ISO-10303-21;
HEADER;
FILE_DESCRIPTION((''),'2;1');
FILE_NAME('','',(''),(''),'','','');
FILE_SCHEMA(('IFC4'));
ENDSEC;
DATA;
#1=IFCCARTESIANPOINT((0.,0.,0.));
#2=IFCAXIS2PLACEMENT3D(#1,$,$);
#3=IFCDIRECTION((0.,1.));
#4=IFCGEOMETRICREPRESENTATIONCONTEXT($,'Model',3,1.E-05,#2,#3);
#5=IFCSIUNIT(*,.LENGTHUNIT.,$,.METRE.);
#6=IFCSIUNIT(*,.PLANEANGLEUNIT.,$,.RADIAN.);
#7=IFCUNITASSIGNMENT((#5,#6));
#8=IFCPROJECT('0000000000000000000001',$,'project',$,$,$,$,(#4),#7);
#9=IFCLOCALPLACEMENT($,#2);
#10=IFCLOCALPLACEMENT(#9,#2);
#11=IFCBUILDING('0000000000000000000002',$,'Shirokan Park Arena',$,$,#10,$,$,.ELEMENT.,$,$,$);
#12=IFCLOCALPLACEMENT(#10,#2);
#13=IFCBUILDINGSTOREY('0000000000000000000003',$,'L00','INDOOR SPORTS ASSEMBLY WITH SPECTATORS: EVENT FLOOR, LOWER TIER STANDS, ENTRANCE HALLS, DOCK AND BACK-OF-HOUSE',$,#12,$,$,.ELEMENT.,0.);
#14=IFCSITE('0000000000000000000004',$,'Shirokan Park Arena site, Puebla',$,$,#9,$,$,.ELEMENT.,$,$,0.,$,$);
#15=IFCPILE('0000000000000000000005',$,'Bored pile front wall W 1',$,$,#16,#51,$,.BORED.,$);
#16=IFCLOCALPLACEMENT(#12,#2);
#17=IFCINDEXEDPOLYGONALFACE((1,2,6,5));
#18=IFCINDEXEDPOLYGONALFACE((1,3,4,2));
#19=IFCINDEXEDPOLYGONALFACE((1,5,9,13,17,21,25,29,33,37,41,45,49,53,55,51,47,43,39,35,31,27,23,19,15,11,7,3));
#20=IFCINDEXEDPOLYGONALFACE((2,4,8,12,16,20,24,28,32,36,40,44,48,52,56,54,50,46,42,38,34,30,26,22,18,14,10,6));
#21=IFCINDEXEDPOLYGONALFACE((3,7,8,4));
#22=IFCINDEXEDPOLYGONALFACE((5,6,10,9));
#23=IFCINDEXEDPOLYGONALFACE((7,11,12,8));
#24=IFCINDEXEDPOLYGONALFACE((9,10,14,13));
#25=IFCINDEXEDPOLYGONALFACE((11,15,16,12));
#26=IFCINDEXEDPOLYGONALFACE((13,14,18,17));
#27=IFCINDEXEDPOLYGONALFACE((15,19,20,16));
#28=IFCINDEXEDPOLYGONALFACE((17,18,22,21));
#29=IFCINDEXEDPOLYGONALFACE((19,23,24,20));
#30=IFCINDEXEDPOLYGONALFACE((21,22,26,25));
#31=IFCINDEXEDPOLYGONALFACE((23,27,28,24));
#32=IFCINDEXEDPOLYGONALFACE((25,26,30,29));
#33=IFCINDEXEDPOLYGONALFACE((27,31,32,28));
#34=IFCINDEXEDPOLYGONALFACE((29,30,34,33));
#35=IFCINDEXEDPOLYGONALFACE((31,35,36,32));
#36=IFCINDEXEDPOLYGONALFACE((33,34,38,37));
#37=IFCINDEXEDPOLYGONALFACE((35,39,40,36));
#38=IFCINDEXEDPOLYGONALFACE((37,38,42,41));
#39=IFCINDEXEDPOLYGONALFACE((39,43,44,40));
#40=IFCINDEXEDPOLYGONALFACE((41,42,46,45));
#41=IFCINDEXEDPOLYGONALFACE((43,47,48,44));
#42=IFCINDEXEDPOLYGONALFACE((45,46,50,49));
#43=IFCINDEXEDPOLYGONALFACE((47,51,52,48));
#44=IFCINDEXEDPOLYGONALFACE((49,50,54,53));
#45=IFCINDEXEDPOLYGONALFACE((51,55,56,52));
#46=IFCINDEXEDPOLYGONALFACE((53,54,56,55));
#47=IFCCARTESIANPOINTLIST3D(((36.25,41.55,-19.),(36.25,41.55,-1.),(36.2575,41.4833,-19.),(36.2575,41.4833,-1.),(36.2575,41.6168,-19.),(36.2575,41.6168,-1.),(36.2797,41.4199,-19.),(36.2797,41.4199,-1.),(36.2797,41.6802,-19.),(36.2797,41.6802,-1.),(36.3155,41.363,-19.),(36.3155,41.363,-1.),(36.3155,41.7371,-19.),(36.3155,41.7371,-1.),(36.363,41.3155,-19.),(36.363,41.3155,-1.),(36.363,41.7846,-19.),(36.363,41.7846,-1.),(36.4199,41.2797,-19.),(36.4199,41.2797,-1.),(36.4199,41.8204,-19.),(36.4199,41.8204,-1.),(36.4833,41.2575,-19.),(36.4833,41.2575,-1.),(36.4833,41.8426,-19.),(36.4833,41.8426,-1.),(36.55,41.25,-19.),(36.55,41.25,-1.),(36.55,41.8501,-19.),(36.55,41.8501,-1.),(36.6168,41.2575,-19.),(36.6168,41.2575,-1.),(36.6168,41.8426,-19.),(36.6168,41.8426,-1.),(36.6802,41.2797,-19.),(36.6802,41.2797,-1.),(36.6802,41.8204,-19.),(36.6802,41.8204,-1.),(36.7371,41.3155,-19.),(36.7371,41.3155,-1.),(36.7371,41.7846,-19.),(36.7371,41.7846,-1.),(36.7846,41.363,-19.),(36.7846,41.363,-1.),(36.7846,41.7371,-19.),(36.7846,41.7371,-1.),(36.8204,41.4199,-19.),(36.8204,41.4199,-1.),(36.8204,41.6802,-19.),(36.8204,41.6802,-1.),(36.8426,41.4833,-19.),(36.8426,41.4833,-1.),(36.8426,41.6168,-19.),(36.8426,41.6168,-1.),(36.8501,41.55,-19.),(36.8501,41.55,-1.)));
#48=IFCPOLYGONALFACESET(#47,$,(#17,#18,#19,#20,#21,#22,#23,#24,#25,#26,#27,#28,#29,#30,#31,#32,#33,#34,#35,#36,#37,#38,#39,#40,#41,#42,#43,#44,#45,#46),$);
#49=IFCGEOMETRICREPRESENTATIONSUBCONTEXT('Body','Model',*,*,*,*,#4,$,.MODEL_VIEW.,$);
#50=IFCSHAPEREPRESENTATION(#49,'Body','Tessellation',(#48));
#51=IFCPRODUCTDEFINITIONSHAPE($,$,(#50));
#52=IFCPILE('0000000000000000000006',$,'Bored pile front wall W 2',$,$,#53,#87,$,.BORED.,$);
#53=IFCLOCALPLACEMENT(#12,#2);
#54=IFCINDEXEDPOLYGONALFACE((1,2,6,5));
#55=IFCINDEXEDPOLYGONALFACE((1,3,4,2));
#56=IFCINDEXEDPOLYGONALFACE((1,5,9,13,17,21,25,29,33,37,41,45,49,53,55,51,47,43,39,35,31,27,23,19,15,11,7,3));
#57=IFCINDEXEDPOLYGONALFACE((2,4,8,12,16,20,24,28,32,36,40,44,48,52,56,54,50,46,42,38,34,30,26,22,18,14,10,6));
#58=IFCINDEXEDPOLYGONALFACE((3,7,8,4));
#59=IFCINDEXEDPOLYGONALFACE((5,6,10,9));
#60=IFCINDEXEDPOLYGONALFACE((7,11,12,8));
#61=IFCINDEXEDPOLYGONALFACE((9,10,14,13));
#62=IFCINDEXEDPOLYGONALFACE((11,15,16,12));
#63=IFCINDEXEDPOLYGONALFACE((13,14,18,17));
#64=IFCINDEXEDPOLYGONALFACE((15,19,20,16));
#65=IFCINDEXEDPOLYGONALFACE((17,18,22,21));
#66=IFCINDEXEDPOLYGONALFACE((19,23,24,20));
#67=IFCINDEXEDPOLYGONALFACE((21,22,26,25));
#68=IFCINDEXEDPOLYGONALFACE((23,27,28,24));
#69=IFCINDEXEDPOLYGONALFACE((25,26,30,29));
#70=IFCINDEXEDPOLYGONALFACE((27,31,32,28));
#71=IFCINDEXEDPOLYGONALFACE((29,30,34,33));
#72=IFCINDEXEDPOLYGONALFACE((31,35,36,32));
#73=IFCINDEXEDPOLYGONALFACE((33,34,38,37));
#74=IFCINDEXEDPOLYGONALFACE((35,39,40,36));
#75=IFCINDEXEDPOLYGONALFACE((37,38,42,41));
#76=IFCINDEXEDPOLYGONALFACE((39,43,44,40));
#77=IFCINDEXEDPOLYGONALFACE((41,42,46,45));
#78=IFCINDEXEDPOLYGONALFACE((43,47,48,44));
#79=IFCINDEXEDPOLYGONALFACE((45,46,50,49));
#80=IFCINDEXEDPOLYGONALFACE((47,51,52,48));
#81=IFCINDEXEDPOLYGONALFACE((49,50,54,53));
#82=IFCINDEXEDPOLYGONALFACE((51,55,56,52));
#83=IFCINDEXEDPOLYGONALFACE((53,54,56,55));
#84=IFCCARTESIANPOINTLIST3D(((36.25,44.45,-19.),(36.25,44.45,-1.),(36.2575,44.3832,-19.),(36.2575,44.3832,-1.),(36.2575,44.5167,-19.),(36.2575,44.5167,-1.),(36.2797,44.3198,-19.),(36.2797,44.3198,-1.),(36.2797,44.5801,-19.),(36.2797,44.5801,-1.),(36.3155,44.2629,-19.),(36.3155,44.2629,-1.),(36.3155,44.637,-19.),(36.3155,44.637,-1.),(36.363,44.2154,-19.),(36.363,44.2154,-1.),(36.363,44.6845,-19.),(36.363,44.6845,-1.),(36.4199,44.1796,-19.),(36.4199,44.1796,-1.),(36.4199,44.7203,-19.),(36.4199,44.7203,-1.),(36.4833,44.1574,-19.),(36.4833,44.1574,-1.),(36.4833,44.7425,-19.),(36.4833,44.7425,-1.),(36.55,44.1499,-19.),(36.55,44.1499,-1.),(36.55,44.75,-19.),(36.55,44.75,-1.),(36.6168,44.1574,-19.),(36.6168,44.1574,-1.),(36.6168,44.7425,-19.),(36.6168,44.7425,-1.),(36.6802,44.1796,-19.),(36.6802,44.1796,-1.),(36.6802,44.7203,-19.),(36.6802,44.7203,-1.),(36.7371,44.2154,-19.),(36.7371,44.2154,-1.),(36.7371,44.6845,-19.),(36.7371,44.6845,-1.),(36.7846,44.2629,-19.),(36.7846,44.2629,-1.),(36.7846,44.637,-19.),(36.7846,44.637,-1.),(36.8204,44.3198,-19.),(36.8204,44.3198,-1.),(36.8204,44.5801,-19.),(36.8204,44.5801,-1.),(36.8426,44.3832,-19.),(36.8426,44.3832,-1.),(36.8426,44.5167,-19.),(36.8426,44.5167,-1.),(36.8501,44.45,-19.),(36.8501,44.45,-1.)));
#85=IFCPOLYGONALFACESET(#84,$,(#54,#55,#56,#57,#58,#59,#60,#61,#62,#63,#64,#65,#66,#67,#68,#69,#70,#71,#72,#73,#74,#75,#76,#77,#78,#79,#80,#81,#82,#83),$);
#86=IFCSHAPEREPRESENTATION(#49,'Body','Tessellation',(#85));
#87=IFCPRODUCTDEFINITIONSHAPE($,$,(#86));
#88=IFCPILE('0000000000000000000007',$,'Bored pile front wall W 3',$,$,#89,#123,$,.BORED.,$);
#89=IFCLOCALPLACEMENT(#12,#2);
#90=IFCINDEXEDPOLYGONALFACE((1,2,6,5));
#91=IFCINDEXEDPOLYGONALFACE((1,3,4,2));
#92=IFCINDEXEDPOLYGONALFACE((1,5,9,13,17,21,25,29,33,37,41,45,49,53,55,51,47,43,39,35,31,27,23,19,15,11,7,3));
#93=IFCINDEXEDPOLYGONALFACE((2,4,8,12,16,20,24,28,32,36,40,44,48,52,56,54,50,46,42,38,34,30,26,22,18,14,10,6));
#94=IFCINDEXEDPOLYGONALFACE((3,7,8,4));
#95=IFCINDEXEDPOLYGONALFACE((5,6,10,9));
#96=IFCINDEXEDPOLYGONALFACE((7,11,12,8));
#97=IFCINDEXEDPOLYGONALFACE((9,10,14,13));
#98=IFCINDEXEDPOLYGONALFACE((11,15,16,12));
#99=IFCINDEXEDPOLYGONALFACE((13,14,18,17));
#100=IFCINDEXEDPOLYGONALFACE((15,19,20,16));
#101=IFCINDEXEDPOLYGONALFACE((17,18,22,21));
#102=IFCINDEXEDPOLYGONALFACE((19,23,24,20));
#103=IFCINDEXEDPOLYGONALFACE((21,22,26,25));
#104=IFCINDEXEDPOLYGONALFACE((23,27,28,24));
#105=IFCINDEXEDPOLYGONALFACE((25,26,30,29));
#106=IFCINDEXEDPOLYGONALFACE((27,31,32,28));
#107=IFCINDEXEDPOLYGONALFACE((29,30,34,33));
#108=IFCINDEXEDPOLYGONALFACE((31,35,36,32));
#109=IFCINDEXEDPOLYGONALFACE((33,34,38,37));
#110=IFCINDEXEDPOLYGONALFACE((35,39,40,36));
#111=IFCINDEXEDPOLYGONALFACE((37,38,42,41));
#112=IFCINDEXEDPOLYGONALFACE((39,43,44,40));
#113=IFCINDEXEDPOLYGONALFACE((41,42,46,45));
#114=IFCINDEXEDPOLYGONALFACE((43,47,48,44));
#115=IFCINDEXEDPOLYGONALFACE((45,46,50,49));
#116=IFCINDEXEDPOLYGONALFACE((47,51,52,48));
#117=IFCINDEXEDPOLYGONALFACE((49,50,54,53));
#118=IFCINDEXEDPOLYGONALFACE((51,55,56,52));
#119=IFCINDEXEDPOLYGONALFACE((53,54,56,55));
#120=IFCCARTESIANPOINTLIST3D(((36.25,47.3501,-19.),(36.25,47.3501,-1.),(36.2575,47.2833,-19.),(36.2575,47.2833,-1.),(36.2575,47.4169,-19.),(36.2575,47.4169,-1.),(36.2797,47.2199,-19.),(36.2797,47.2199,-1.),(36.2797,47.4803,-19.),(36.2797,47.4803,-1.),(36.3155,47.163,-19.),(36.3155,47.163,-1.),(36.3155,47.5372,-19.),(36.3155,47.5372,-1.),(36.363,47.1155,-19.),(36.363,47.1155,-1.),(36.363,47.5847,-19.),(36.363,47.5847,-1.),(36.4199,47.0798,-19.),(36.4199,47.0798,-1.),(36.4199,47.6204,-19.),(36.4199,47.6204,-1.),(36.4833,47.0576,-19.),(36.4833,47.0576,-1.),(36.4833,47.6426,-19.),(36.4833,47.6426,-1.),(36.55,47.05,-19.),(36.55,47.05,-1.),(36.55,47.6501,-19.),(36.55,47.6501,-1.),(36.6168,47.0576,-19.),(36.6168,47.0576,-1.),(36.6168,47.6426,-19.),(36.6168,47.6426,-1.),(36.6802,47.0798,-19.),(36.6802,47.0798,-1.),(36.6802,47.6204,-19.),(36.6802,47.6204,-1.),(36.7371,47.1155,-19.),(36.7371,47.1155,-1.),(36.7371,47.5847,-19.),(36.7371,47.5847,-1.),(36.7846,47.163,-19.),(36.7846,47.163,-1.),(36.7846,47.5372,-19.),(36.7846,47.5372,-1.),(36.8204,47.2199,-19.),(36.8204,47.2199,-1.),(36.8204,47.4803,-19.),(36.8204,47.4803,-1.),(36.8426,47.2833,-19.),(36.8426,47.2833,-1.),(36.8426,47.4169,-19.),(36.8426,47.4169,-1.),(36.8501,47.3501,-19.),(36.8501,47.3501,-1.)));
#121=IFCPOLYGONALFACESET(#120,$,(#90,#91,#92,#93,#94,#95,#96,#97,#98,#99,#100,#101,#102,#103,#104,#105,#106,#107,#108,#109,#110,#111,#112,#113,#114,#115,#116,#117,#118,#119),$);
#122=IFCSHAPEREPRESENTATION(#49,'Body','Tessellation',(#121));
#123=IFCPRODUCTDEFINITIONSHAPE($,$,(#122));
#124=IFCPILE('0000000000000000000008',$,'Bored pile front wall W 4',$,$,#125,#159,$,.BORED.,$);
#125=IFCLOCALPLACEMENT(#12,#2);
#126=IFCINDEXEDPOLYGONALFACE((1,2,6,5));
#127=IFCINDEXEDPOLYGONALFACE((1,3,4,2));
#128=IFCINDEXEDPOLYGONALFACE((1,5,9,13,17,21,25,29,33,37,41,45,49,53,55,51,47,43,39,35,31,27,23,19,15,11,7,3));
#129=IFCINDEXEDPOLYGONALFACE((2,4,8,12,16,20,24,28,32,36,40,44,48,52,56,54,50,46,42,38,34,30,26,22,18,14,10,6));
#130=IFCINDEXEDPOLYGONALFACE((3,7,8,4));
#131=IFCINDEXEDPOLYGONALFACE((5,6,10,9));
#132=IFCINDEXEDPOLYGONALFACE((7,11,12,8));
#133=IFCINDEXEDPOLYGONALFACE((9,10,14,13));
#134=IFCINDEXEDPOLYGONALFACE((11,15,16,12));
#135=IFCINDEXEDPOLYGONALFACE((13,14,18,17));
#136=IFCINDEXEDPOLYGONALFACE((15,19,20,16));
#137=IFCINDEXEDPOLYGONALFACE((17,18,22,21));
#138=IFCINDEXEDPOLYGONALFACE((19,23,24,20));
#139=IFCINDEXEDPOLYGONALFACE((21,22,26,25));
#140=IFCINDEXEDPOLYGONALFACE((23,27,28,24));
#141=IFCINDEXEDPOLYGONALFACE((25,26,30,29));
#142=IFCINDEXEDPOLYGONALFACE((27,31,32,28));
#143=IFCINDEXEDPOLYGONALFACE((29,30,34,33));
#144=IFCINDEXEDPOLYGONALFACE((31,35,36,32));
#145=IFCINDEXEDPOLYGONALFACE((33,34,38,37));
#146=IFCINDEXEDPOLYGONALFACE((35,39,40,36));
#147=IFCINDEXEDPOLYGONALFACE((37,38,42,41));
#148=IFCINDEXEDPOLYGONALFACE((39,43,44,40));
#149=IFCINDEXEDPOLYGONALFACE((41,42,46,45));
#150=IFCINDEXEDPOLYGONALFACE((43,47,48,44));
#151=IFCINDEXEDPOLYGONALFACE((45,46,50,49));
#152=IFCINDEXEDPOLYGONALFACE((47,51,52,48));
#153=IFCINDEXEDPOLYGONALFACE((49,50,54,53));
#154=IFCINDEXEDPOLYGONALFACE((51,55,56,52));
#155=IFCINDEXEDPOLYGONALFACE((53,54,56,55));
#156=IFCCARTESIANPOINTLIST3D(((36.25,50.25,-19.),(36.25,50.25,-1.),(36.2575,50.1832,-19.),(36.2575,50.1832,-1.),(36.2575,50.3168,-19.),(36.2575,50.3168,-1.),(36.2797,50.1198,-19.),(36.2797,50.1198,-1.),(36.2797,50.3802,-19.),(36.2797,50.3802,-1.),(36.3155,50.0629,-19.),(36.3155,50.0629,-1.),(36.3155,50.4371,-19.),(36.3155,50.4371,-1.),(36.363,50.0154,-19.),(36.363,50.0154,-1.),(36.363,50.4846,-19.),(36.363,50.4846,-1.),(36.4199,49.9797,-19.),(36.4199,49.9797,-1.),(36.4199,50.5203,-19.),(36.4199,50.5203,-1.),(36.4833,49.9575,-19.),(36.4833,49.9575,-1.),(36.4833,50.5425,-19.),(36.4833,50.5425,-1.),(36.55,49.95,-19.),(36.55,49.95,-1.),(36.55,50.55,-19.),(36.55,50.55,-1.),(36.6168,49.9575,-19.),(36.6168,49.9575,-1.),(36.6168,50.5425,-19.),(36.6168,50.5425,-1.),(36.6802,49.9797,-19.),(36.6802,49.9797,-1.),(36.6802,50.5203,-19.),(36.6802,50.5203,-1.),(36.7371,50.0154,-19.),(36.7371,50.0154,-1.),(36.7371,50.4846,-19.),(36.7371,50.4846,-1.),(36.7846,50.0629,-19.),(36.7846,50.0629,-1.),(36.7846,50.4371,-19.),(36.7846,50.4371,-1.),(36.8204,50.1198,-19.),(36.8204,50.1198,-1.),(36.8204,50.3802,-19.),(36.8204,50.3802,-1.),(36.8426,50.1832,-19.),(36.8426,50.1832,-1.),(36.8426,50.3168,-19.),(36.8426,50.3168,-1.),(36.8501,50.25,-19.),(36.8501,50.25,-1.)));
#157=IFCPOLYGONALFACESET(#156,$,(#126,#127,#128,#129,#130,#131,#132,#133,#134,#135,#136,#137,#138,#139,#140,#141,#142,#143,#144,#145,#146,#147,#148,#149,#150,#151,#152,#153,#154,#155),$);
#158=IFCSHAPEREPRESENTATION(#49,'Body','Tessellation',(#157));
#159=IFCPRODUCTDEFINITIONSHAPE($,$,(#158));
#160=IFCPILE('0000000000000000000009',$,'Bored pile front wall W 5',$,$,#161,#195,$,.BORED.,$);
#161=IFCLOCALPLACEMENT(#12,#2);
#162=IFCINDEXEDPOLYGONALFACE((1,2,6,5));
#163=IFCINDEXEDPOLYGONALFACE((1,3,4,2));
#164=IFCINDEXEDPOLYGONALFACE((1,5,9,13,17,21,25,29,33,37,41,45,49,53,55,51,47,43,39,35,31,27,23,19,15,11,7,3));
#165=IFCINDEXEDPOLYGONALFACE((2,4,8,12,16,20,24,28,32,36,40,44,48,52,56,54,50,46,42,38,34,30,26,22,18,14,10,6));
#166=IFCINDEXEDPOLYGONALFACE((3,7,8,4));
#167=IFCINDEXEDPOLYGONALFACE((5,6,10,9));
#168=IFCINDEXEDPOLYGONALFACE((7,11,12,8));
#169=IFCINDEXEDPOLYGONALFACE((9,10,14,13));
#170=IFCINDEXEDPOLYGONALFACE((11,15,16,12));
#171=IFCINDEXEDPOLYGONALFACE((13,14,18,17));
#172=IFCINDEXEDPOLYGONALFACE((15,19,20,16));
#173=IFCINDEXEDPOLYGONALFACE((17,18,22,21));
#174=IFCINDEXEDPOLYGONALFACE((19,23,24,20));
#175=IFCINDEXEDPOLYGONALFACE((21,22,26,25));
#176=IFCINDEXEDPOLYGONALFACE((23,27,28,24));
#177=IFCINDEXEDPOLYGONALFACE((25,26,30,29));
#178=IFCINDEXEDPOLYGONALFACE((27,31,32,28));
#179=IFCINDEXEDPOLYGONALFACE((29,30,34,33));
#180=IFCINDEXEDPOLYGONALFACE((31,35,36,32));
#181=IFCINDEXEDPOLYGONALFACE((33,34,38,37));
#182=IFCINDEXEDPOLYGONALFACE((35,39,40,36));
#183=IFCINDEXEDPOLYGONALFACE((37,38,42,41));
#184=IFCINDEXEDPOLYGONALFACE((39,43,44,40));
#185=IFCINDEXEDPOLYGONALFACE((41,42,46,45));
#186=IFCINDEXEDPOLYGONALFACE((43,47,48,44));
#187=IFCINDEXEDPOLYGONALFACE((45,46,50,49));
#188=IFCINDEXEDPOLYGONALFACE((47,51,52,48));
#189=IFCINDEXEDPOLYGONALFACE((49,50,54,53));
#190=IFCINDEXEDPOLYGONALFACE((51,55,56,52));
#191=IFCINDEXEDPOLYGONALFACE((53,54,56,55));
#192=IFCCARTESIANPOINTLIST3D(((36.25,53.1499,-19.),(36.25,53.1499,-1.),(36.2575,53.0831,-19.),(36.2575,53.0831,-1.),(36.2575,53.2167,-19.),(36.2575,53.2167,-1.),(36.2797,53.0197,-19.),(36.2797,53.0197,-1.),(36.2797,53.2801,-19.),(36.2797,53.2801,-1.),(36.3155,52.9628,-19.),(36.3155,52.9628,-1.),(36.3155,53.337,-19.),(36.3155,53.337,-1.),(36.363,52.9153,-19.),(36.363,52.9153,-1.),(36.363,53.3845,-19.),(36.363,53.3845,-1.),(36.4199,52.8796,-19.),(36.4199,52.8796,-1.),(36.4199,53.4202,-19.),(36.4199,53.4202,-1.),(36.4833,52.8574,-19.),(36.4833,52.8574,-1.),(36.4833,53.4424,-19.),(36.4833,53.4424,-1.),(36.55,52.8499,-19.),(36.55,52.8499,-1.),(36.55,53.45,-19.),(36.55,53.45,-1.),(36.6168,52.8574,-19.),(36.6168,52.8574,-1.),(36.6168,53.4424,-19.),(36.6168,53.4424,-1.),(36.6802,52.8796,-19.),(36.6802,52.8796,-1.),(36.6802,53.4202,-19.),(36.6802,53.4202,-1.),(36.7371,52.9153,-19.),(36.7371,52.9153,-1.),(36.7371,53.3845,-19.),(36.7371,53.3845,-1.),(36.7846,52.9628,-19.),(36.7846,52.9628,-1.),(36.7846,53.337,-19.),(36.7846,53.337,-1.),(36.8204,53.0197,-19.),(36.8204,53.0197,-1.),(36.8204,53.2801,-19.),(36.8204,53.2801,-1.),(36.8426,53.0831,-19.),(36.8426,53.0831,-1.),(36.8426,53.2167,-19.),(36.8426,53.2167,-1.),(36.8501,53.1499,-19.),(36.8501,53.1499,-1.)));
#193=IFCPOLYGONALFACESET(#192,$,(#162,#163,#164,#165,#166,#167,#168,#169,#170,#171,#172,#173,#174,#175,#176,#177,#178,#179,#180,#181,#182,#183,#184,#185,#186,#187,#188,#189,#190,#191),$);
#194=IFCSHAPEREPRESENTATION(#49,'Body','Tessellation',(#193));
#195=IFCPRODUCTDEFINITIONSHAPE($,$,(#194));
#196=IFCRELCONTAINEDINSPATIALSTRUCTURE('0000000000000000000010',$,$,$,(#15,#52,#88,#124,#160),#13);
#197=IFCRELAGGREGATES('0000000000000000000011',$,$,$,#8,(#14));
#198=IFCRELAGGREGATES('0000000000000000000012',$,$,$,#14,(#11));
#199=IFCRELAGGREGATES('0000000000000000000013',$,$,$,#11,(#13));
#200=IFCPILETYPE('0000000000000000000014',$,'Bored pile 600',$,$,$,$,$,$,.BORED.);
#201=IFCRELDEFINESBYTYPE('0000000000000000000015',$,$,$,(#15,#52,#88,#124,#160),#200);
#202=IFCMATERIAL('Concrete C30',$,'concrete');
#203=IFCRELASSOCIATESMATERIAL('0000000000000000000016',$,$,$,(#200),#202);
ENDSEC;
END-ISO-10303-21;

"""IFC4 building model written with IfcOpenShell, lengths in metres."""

from ifc_helpers import new_model, si_unit, direction, frame, origin, origin_2d, place, context, subcontext, project, spatial, circle, extrude, material, material_profile, profile_set, type_object, element, save


model = new_model("IFC4")

# Units and contexts
model_context = context("Model", 3, precision=1e-05, world=origin(), true_north=direction((0.0, 1.0)))
body_context = subcontext(model_context, "Body", "Model", "MODEL_VIEW")
ifc_project = project(units=[si_unit("LENGTHUNIT", "METRE"), si_unit("PLANEANGLEUNIT", "RADIAN")], contexts=[model_context])

# Site, building, storey
site_placement = place(None, origin())
site = spatial("IfcSite", under=ifc_project, at=site_placement, Name="Shirokan Park Arena site, Puebla", CompositionType="ELEMENT", RefElevation=0.0)
building_placement = place(site_placement, origin())
building = spatial("IfcBuilding", under=site, at=building_placement, Name="Shirokan Park Arena", CompositionType="ELEMENT")
storey_placement = place(building_placement, origin())
storey = spatial("IfcBuildingStorey", under=building, at=storey_placement, Name="L00", Description="INDOOR SPORTS ASSEMBLY WITH SPECTATORS: EVENT FLOOR, LOWER TIER STANDS, ENTRANCE HALLS, DOCK AND BACK-OF-HOUSE", CompositionType="ELEMENT", Elevation=0.0)

# Piles
ifc_material_1 = material(Name="Concrete C30", Category="concrete")
ifc_material_profile_1 = material_profile(ifc_material_1, circle(Radius=0.3, at=origin_2d()), Name="D600")
ifc_profile_set_1 = profile_set([ifc_material_profile_1], Name="Concrete C30")
pile_type = type_object("IfcPileType", Name="Bored pile 600", PredefinedType="BORED", material=ifc_profile_set_1)
for number, where, z_axis, x_axis, name in (
    (1, (36.55, 41.55, -1.0), (0.0, 0.0, -1.0), (1.0, 0.0, 0.0), "Bored pile front wall W 1"),
    (2, (36.55, 44.45, -1.0), (0.0, 0.0, -1.0), (1.0, 0.0, 0.0), "Bored pile front wall W 2"),
    (3, (36.55, 47.3501, -1.0), (0.0, 0.0, -1.0), (1.0, 0.0, 0.0), "Bored pile front wall W 3"),
    (4, (36.55, 50.25, -1.0), (0.0, 0.0, -1.0), (1.0, 0.0, 0.0), "Bored pile front wall W 4"),
    (5, (36.55, 53.1499, -1.0), (0.0, 0.0, -1.0), (1.0, 0.0, 0.0), "Bored pile front wall W 5"),
):
    element("IfcPile", number, at=place(storey_placement, frame(where, z_axis=z_axis, x_axis=x_axis)), inside=storey, type_object=pile_type, Name=name, PredefinedType="BORED", context=body_context, shape_type="SweptSolid", body=[
        extrude(circle(Radius=0.3, at=origin_2d()), origin(), (0.0, 0.0, 1.0), 18.0),
    ])

save(model, "model.ifc")
